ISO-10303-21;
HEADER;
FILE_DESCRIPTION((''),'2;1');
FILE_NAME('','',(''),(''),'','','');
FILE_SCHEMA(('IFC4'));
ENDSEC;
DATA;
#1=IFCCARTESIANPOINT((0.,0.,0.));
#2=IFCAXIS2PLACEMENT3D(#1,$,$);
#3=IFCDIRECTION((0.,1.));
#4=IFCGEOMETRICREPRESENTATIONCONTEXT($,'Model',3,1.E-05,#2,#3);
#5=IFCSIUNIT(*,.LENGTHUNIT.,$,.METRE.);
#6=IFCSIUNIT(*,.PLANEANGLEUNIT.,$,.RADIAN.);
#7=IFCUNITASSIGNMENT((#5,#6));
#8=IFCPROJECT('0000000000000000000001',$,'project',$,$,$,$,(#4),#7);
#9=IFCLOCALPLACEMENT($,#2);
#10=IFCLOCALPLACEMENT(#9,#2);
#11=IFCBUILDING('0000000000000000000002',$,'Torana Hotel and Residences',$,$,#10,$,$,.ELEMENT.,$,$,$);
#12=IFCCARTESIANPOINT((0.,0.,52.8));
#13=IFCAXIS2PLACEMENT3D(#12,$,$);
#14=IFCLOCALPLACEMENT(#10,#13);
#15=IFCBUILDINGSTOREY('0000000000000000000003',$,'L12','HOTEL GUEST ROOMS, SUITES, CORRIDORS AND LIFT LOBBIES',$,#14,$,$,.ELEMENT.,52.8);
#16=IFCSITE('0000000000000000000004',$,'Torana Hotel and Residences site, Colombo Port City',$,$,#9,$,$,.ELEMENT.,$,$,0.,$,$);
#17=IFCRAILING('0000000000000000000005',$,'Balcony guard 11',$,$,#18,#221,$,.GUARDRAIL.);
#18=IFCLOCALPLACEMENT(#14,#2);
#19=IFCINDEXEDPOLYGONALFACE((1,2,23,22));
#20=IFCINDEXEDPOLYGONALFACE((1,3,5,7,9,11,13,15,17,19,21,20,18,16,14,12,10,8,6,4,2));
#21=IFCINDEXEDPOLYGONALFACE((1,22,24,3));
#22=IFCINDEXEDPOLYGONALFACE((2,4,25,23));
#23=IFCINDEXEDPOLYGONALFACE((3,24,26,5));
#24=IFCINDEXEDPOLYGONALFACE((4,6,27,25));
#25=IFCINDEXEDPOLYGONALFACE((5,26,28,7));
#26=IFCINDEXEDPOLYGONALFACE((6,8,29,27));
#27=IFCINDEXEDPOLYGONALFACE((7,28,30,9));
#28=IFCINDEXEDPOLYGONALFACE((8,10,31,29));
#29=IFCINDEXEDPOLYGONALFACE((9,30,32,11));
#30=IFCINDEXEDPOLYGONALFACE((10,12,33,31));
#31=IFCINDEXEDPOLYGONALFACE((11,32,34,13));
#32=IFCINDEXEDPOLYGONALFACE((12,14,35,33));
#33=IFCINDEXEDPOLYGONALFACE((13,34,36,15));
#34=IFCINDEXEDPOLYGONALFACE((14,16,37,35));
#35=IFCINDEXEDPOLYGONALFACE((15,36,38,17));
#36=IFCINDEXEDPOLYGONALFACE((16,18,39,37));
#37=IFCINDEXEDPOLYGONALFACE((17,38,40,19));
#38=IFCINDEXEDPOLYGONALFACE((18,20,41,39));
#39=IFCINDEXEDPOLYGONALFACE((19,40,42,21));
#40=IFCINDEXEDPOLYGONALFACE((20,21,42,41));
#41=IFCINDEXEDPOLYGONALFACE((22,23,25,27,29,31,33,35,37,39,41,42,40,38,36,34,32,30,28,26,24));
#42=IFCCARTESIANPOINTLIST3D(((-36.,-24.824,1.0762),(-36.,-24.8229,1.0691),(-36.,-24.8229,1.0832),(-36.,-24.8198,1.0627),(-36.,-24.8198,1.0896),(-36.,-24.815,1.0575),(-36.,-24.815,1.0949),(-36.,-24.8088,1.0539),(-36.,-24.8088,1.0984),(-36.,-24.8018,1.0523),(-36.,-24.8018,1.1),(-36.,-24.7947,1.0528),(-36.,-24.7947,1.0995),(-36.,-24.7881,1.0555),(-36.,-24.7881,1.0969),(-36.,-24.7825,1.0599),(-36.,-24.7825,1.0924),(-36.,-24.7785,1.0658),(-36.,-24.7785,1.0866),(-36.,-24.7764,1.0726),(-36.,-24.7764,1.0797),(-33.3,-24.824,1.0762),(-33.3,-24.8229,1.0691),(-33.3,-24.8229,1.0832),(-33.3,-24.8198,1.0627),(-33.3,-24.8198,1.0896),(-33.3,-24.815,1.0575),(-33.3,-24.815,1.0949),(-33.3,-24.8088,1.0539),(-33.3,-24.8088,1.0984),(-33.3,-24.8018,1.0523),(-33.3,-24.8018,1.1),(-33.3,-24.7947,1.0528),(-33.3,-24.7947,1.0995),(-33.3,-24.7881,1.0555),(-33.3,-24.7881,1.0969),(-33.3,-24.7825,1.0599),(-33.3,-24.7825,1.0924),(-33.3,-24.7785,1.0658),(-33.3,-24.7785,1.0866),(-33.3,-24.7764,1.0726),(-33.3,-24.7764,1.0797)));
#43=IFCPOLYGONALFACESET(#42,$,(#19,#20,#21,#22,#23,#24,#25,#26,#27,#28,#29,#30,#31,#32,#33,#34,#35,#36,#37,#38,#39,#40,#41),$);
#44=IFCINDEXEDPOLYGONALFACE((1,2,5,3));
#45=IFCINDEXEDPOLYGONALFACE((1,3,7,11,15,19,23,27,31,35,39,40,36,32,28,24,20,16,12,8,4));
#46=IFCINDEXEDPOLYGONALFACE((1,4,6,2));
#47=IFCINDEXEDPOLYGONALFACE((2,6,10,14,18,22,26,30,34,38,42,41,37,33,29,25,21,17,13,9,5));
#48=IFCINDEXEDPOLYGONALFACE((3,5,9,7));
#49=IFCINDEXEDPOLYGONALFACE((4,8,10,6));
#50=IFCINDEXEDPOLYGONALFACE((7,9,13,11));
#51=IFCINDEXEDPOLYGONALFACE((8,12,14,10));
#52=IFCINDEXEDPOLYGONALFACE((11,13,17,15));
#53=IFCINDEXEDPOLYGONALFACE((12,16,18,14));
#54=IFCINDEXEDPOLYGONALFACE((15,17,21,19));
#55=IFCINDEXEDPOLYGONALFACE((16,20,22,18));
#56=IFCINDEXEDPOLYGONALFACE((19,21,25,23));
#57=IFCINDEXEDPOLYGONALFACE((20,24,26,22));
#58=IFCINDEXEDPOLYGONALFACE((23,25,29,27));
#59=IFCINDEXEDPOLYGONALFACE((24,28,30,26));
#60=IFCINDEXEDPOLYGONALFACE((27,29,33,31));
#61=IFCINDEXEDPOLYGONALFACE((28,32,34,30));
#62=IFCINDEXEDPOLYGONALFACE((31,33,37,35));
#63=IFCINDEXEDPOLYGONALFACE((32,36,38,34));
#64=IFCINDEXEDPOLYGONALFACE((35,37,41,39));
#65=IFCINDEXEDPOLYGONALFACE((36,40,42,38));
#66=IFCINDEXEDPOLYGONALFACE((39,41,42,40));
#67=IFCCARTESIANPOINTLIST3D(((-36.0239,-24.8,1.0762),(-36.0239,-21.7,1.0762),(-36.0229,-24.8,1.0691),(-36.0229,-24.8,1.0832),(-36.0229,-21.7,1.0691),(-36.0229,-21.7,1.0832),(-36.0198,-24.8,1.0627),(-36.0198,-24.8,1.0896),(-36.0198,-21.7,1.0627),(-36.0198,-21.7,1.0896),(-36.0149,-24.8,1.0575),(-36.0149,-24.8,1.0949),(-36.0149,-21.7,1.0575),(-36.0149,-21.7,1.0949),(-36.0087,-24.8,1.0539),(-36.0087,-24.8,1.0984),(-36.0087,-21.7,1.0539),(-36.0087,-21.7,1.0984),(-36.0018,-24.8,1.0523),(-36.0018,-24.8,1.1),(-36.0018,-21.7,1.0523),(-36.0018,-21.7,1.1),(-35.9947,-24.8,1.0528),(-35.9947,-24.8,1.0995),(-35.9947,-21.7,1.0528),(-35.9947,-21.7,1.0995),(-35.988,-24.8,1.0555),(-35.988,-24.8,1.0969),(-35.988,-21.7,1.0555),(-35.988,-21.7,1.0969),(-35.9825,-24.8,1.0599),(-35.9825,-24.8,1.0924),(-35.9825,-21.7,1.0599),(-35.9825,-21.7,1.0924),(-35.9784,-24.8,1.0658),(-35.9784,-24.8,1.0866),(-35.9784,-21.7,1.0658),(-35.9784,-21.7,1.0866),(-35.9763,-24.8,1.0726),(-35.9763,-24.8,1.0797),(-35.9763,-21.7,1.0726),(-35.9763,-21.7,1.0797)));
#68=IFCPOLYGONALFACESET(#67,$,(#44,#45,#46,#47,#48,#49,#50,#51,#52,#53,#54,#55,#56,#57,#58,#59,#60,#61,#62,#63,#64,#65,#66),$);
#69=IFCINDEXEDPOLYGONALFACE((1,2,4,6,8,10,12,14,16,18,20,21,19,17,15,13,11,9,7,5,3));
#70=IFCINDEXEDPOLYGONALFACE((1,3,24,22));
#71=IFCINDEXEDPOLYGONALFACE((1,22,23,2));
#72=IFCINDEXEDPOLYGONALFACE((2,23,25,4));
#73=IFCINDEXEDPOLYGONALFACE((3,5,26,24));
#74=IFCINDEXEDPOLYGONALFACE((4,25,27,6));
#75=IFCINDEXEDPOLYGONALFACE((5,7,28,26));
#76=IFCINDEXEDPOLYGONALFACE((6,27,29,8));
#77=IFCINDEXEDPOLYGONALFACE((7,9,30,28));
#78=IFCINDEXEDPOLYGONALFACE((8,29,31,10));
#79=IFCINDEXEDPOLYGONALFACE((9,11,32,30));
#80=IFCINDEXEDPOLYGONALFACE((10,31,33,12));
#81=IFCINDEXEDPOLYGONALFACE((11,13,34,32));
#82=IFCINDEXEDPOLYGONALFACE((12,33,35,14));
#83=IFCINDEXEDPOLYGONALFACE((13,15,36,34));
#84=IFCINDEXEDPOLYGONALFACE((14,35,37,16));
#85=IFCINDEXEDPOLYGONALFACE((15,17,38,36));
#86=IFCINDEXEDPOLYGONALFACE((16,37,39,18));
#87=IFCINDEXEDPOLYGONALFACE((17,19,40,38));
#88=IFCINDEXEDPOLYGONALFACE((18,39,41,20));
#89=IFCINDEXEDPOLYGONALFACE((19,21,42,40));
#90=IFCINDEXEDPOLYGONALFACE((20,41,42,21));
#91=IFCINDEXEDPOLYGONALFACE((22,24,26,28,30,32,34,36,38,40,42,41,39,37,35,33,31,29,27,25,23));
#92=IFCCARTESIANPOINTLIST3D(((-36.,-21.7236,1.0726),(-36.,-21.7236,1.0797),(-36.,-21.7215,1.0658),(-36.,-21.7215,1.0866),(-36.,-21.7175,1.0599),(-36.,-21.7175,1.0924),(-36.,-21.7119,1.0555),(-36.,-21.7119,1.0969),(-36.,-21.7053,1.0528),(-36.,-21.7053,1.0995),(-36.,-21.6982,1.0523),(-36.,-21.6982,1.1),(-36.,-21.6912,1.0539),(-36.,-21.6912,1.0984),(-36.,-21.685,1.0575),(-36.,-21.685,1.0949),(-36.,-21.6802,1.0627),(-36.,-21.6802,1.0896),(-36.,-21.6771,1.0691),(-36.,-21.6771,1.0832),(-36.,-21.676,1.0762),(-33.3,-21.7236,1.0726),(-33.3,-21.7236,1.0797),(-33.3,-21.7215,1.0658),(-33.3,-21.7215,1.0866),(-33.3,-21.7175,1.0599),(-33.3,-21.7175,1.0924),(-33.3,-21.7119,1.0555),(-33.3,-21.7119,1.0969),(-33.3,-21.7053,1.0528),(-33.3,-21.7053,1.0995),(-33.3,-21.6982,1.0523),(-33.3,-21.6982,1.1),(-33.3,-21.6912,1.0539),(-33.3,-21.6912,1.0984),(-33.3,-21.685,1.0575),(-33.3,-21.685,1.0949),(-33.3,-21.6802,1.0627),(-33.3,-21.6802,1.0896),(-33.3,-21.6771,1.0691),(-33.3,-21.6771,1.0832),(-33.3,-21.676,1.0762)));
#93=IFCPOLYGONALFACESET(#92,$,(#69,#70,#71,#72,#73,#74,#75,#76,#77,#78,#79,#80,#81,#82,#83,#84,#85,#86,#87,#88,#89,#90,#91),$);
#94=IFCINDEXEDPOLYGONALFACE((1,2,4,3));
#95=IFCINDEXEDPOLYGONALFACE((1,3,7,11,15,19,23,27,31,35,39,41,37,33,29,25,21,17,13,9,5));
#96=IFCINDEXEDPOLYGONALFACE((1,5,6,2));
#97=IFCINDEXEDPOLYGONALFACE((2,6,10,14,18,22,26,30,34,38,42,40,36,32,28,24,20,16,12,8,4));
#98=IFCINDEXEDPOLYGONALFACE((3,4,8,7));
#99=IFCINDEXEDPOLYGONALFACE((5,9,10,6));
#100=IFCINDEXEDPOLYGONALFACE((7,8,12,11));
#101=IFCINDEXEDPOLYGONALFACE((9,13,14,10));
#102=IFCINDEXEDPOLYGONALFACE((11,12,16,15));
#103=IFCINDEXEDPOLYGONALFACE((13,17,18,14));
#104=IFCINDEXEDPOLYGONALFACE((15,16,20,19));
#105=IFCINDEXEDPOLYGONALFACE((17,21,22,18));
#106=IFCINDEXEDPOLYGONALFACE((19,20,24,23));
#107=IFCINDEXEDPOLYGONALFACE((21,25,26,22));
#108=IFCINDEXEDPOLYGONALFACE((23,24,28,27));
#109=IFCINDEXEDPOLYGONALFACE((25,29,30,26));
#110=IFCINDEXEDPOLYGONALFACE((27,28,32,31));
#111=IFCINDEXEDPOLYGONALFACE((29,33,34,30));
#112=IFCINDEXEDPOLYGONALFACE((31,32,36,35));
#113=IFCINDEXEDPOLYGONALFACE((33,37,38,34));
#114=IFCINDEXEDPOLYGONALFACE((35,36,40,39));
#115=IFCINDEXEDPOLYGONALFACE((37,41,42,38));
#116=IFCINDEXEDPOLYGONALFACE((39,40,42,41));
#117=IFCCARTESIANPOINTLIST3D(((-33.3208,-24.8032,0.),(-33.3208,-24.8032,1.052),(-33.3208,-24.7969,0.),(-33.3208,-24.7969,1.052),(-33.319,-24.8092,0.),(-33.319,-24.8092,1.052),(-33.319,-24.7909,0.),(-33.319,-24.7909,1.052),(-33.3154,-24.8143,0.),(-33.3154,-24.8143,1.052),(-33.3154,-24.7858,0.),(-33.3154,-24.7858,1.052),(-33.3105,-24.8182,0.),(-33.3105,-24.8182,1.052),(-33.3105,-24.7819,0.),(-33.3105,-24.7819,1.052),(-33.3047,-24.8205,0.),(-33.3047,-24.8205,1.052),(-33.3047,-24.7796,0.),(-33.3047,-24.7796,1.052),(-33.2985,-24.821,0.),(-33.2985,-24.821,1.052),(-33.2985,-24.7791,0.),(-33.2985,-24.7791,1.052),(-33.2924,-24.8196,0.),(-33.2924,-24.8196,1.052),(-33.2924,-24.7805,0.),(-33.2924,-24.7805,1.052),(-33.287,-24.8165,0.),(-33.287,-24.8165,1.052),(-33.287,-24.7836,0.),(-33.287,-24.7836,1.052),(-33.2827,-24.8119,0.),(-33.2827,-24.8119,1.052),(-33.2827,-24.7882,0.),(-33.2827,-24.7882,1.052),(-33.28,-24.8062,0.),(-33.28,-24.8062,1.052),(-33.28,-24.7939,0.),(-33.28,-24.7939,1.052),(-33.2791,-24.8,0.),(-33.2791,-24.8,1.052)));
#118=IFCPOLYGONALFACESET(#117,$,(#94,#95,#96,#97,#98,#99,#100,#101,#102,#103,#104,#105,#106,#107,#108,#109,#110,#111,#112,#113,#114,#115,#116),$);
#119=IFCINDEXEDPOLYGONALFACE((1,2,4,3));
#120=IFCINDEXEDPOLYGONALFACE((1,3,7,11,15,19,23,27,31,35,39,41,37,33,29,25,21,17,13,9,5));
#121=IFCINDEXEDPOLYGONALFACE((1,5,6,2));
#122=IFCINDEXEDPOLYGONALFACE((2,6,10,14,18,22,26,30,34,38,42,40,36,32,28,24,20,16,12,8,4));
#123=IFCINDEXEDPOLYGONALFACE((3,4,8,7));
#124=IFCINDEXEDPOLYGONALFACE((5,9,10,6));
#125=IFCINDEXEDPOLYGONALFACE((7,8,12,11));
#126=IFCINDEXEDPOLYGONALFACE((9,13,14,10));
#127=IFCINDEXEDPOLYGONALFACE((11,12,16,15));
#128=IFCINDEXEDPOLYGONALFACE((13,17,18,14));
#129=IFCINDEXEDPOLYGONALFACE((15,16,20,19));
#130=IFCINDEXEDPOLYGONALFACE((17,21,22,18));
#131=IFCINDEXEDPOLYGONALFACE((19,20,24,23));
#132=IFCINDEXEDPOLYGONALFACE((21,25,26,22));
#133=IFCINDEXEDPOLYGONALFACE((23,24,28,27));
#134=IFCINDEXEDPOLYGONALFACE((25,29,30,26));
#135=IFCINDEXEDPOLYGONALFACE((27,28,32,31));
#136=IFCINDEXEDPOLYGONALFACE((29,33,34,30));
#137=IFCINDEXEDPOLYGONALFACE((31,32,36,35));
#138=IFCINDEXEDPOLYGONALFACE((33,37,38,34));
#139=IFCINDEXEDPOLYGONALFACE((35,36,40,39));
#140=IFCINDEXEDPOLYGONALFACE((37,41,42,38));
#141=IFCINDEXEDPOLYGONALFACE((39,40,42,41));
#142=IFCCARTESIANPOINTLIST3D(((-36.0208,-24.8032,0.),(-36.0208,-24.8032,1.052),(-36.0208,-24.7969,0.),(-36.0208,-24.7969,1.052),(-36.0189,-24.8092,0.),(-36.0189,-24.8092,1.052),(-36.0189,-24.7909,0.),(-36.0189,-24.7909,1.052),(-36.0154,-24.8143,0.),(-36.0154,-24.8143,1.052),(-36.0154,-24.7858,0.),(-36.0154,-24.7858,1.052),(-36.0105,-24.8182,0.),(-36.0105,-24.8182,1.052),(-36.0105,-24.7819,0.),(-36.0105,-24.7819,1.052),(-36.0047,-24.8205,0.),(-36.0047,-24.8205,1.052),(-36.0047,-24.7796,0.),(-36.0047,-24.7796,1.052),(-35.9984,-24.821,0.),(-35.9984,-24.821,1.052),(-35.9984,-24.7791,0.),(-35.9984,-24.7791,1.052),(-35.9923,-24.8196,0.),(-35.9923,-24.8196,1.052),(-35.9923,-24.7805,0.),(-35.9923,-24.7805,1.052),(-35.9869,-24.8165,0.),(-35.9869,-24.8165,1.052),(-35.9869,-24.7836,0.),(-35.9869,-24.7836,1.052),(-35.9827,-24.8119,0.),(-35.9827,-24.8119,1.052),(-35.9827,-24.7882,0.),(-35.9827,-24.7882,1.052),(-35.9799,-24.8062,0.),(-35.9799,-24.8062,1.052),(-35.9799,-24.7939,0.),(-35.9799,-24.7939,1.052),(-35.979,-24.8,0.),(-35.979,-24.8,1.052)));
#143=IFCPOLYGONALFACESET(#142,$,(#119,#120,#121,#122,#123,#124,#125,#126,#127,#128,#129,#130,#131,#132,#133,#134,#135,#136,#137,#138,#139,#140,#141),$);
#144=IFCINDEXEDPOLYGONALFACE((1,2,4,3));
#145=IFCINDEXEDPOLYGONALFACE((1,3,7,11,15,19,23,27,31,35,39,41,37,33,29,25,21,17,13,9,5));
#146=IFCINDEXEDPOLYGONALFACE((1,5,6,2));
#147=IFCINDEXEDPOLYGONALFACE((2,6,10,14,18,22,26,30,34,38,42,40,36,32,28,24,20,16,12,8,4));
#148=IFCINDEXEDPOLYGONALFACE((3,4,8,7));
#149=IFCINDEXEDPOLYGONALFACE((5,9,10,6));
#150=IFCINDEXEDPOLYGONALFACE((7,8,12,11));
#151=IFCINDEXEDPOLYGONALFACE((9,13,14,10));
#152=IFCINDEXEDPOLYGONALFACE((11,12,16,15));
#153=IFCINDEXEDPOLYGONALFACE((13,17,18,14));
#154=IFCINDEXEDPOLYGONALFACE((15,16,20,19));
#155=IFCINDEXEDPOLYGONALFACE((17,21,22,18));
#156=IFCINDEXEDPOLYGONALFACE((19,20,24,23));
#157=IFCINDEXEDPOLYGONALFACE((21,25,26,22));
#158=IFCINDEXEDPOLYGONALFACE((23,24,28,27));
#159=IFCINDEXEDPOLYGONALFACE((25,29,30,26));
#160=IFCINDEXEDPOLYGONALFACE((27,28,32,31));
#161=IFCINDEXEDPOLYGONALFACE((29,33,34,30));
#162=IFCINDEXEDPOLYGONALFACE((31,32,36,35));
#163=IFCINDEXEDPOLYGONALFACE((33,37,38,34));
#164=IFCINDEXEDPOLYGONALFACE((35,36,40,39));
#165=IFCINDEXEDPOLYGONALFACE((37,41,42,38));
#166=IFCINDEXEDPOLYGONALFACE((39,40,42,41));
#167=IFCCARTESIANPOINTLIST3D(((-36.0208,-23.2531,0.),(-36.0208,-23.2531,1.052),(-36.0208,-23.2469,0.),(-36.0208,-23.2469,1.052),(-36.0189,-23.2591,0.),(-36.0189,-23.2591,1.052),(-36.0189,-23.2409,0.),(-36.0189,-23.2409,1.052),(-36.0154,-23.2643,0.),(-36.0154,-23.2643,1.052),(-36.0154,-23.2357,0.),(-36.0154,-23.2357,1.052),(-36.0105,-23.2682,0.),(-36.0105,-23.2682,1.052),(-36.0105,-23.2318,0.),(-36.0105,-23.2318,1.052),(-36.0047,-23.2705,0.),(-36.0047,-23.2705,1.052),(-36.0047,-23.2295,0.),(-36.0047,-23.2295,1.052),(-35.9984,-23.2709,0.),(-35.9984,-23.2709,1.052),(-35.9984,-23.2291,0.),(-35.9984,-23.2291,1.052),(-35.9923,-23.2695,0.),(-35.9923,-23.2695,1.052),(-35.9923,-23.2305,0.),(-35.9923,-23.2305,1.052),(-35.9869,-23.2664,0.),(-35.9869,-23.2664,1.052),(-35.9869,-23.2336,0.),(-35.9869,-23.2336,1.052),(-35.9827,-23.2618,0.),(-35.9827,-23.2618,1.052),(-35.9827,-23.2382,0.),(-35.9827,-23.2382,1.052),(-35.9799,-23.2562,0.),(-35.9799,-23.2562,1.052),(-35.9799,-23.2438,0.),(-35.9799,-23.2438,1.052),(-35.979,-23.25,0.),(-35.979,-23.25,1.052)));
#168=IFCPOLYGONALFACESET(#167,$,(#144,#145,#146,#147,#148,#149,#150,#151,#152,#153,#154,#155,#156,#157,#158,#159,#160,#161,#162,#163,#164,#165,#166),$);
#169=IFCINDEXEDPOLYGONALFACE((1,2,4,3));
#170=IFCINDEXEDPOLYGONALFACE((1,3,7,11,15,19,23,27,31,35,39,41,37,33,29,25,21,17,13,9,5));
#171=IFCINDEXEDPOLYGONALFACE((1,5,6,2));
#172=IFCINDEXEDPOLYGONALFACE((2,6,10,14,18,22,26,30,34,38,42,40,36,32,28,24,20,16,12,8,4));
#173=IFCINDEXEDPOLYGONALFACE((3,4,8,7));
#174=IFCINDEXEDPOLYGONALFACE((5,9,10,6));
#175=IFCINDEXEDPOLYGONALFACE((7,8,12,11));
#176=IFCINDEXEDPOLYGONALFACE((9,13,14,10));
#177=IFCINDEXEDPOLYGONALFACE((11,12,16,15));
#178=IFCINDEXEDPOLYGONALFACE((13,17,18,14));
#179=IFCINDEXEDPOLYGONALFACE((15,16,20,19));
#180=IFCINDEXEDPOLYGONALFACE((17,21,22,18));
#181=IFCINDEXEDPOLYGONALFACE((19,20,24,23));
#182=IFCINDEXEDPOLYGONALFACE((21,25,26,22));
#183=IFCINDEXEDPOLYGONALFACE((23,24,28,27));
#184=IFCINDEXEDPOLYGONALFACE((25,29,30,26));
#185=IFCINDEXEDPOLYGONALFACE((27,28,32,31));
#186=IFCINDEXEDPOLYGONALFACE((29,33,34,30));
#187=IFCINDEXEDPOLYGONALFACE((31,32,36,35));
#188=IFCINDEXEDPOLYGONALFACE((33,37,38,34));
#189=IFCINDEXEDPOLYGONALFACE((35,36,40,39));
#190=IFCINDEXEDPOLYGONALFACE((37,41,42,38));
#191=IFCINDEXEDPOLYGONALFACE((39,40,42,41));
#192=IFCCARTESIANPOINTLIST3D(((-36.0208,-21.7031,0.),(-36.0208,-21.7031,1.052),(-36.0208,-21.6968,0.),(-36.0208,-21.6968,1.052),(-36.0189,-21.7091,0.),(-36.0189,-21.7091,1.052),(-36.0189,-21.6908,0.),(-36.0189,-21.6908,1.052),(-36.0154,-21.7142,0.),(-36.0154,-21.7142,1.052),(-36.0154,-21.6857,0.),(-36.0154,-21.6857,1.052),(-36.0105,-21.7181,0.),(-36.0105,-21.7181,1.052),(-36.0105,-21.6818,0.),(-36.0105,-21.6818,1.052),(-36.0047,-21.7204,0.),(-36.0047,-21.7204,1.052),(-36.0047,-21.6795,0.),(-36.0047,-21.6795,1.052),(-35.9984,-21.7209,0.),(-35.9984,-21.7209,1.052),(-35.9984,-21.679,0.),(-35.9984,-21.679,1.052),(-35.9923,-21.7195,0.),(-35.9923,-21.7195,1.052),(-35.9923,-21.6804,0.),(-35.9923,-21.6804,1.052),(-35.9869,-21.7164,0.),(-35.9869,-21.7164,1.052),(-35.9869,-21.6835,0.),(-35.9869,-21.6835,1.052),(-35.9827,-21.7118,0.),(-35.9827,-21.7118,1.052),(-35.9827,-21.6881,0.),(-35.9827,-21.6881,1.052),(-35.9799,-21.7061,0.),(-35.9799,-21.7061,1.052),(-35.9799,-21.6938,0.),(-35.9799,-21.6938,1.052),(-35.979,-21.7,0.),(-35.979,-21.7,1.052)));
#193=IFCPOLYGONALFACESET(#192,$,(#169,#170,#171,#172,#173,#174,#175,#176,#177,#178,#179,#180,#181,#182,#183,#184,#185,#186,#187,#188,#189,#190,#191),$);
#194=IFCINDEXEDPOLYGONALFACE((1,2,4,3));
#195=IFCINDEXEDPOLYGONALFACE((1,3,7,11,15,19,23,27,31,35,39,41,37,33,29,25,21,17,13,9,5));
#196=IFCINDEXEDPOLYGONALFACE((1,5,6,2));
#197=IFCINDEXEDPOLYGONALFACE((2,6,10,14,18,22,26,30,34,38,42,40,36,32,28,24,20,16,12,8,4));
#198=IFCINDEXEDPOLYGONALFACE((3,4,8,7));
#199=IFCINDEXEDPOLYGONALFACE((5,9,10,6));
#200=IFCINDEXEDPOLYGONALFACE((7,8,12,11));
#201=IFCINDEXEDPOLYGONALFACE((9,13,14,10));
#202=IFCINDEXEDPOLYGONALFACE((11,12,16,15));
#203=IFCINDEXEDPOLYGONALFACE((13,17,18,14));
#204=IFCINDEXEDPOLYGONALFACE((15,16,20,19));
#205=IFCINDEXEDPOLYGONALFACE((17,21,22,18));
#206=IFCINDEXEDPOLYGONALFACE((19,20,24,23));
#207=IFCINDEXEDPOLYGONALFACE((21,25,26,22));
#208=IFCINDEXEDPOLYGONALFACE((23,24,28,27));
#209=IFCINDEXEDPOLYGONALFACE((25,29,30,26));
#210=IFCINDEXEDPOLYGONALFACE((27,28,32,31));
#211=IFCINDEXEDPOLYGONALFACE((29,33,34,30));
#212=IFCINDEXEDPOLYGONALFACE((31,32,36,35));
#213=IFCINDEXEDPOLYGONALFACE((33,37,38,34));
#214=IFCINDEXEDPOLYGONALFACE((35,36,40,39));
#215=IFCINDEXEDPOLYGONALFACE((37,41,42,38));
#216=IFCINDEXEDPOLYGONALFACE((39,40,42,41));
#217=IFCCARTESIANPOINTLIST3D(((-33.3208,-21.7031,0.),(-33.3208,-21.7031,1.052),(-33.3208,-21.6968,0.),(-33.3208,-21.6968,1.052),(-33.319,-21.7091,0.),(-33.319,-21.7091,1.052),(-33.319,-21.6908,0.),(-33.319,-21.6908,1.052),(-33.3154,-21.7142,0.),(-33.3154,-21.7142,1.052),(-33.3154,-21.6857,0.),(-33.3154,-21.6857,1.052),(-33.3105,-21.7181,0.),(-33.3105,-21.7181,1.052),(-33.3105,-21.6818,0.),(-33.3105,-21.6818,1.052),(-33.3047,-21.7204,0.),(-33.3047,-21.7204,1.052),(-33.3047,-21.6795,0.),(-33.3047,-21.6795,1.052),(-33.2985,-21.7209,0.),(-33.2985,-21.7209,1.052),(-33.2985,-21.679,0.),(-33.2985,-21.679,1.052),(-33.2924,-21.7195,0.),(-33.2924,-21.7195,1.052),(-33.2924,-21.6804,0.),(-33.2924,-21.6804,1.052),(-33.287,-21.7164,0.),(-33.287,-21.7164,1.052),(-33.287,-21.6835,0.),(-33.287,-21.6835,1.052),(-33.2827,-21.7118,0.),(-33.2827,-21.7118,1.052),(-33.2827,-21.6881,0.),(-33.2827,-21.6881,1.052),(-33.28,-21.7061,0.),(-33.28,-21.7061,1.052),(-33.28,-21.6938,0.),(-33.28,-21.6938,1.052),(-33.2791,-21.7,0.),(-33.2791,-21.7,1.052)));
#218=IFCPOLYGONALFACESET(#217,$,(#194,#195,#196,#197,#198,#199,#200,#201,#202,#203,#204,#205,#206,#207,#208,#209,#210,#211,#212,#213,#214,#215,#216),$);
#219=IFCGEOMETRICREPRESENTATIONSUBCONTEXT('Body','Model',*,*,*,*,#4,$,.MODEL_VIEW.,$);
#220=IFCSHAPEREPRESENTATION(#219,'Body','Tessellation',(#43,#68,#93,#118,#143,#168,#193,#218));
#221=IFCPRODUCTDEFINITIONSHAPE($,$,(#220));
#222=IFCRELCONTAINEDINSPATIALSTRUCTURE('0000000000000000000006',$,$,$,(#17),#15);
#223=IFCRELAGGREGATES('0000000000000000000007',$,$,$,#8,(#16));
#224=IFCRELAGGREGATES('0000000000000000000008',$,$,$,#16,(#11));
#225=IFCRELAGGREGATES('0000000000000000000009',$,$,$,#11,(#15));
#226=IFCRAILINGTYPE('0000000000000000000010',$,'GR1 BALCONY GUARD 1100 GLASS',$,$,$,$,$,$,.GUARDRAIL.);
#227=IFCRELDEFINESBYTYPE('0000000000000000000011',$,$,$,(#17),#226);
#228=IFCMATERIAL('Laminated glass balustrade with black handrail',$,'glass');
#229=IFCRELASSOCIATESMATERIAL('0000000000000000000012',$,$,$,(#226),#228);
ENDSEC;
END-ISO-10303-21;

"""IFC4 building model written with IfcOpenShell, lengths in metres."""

from ifc_helpers import new_model, si_unit, direction, frame, origin, origin_2d, place, context, subcontext, project, spatial, circle, extrude, material, type_object, element, save


model = new_model("IFC4")

# Units and contexts
model_context = context("Model", 3, precision=1e-05, world=origin(), true_north=direction((0.0, 1.0)))
body_context = subcontext(model_context, "Body", "Model", "MODEL_VIEW")
ifc_project = project(units=[si_unit("LENGTHUNIT", "METRE"), si_unit("PLANEANGLEUNIT", "RADIAN")], contexts=[model_context])

# Site, building, storey
site_placement = place(None, origin())
site = spatial("IfcSite", under=ifc_project, at=site_placement, Name="Torana Hotel and Residences site, Colombo Port City", CompositionType="ELEMENT", RefElevation=0.0)
building_placement = place(site_placement, origin())
building = spatial("IfcBuilding", under=site, at=building_placement, Name="Torana Hotel and Residences", CompositionType="ELEMENT")
storey_placement = place(building_placement, frame((0.0, 0.0, 52.8)))
storey = spatial("IfcBuildingStorey", under=building, at=storey_placement, Name="L12", Description="HOTEL GUEST ROOMS, SUITES, CORRIDORS AND LIFT LOBBIES", CompositionType="ELEMENT", Elevation=52.8)

# Railing
ifc_material_1 = material(Name="Laminated glass balustrade with black handrail", Category="glass")
railing_type = type_object("IfcRailingType", Name="GR1 BALCONY GUARD 1100 GLASS", PredefinedType="GUARDRAIL", material=ifc_material_1)
railing_1_placement = place(storey_placement, frame((-33.3, -24.8, 0.0)))
element("IfcRailing", 1, at=railing_1_placement, inside=storey, type_object=railing_type, Name="Balcony guard 11", PredefinedType="GUARDRAIL", context=body_context, shape_type="SweptSolid", body=[
    extrude(circle(Radius=0.0239, at=origin_2d()), frame((0.0, 0.0, 1.0762), z_axis=(-1.0, 0.0, 0.0), x_axis=(0.0, -1.0, 0.0)), (0.0, 0.0, 1.0), 2.7),
    extrude(circle(Radius=0.0239, at=origin_2d()), frame((-2.7, 0.0, 1.0762), z_axis=(0.0, 1.0, 0.0), x_axis=(-1.0, 0.0, 0.0)), (0.0, 0.0, 1.0), 3.1001),
    extrude(circle(Radius=0.0239, at=origin_2d()), frame((-2.7, 3.1001, 1.0762), z_axis=(1.0, 0.0, 0.0), x_axis=(0.0, 1.0, 0.0)), (0.0, 0.0, 1.0), 2.7),
    extrude(circle(Radius=0.021, at=origin_2d()), origin(), (0.0, 0.0, 1.0), 1.052),
    extrude(circle(Radius=0.021, at=origin_2d()), frame((-2.7, 0.0, 0.0)), (0.0, 0.0, 1.0), 1.052),
    extrude(circle(Radius=0.021, at=origin_2d()), frame((-2.7, 1.55, 0.0)), (0.0, 0.0, 1.0), 1.052),
    extrude(circle(Radius=0.021, at=origin_2d()), frame((-2.7, 3.1001, 0.0)), (0.0, 0.0, 1.0), 1.052),
    extrude(circle(Radius=0.021, at=origin_2d()), frame((0.0, 3.1001, 0.0)), (0.0, 0.0, 1.0), 1.052),
])

save(model, "model.ifc")
